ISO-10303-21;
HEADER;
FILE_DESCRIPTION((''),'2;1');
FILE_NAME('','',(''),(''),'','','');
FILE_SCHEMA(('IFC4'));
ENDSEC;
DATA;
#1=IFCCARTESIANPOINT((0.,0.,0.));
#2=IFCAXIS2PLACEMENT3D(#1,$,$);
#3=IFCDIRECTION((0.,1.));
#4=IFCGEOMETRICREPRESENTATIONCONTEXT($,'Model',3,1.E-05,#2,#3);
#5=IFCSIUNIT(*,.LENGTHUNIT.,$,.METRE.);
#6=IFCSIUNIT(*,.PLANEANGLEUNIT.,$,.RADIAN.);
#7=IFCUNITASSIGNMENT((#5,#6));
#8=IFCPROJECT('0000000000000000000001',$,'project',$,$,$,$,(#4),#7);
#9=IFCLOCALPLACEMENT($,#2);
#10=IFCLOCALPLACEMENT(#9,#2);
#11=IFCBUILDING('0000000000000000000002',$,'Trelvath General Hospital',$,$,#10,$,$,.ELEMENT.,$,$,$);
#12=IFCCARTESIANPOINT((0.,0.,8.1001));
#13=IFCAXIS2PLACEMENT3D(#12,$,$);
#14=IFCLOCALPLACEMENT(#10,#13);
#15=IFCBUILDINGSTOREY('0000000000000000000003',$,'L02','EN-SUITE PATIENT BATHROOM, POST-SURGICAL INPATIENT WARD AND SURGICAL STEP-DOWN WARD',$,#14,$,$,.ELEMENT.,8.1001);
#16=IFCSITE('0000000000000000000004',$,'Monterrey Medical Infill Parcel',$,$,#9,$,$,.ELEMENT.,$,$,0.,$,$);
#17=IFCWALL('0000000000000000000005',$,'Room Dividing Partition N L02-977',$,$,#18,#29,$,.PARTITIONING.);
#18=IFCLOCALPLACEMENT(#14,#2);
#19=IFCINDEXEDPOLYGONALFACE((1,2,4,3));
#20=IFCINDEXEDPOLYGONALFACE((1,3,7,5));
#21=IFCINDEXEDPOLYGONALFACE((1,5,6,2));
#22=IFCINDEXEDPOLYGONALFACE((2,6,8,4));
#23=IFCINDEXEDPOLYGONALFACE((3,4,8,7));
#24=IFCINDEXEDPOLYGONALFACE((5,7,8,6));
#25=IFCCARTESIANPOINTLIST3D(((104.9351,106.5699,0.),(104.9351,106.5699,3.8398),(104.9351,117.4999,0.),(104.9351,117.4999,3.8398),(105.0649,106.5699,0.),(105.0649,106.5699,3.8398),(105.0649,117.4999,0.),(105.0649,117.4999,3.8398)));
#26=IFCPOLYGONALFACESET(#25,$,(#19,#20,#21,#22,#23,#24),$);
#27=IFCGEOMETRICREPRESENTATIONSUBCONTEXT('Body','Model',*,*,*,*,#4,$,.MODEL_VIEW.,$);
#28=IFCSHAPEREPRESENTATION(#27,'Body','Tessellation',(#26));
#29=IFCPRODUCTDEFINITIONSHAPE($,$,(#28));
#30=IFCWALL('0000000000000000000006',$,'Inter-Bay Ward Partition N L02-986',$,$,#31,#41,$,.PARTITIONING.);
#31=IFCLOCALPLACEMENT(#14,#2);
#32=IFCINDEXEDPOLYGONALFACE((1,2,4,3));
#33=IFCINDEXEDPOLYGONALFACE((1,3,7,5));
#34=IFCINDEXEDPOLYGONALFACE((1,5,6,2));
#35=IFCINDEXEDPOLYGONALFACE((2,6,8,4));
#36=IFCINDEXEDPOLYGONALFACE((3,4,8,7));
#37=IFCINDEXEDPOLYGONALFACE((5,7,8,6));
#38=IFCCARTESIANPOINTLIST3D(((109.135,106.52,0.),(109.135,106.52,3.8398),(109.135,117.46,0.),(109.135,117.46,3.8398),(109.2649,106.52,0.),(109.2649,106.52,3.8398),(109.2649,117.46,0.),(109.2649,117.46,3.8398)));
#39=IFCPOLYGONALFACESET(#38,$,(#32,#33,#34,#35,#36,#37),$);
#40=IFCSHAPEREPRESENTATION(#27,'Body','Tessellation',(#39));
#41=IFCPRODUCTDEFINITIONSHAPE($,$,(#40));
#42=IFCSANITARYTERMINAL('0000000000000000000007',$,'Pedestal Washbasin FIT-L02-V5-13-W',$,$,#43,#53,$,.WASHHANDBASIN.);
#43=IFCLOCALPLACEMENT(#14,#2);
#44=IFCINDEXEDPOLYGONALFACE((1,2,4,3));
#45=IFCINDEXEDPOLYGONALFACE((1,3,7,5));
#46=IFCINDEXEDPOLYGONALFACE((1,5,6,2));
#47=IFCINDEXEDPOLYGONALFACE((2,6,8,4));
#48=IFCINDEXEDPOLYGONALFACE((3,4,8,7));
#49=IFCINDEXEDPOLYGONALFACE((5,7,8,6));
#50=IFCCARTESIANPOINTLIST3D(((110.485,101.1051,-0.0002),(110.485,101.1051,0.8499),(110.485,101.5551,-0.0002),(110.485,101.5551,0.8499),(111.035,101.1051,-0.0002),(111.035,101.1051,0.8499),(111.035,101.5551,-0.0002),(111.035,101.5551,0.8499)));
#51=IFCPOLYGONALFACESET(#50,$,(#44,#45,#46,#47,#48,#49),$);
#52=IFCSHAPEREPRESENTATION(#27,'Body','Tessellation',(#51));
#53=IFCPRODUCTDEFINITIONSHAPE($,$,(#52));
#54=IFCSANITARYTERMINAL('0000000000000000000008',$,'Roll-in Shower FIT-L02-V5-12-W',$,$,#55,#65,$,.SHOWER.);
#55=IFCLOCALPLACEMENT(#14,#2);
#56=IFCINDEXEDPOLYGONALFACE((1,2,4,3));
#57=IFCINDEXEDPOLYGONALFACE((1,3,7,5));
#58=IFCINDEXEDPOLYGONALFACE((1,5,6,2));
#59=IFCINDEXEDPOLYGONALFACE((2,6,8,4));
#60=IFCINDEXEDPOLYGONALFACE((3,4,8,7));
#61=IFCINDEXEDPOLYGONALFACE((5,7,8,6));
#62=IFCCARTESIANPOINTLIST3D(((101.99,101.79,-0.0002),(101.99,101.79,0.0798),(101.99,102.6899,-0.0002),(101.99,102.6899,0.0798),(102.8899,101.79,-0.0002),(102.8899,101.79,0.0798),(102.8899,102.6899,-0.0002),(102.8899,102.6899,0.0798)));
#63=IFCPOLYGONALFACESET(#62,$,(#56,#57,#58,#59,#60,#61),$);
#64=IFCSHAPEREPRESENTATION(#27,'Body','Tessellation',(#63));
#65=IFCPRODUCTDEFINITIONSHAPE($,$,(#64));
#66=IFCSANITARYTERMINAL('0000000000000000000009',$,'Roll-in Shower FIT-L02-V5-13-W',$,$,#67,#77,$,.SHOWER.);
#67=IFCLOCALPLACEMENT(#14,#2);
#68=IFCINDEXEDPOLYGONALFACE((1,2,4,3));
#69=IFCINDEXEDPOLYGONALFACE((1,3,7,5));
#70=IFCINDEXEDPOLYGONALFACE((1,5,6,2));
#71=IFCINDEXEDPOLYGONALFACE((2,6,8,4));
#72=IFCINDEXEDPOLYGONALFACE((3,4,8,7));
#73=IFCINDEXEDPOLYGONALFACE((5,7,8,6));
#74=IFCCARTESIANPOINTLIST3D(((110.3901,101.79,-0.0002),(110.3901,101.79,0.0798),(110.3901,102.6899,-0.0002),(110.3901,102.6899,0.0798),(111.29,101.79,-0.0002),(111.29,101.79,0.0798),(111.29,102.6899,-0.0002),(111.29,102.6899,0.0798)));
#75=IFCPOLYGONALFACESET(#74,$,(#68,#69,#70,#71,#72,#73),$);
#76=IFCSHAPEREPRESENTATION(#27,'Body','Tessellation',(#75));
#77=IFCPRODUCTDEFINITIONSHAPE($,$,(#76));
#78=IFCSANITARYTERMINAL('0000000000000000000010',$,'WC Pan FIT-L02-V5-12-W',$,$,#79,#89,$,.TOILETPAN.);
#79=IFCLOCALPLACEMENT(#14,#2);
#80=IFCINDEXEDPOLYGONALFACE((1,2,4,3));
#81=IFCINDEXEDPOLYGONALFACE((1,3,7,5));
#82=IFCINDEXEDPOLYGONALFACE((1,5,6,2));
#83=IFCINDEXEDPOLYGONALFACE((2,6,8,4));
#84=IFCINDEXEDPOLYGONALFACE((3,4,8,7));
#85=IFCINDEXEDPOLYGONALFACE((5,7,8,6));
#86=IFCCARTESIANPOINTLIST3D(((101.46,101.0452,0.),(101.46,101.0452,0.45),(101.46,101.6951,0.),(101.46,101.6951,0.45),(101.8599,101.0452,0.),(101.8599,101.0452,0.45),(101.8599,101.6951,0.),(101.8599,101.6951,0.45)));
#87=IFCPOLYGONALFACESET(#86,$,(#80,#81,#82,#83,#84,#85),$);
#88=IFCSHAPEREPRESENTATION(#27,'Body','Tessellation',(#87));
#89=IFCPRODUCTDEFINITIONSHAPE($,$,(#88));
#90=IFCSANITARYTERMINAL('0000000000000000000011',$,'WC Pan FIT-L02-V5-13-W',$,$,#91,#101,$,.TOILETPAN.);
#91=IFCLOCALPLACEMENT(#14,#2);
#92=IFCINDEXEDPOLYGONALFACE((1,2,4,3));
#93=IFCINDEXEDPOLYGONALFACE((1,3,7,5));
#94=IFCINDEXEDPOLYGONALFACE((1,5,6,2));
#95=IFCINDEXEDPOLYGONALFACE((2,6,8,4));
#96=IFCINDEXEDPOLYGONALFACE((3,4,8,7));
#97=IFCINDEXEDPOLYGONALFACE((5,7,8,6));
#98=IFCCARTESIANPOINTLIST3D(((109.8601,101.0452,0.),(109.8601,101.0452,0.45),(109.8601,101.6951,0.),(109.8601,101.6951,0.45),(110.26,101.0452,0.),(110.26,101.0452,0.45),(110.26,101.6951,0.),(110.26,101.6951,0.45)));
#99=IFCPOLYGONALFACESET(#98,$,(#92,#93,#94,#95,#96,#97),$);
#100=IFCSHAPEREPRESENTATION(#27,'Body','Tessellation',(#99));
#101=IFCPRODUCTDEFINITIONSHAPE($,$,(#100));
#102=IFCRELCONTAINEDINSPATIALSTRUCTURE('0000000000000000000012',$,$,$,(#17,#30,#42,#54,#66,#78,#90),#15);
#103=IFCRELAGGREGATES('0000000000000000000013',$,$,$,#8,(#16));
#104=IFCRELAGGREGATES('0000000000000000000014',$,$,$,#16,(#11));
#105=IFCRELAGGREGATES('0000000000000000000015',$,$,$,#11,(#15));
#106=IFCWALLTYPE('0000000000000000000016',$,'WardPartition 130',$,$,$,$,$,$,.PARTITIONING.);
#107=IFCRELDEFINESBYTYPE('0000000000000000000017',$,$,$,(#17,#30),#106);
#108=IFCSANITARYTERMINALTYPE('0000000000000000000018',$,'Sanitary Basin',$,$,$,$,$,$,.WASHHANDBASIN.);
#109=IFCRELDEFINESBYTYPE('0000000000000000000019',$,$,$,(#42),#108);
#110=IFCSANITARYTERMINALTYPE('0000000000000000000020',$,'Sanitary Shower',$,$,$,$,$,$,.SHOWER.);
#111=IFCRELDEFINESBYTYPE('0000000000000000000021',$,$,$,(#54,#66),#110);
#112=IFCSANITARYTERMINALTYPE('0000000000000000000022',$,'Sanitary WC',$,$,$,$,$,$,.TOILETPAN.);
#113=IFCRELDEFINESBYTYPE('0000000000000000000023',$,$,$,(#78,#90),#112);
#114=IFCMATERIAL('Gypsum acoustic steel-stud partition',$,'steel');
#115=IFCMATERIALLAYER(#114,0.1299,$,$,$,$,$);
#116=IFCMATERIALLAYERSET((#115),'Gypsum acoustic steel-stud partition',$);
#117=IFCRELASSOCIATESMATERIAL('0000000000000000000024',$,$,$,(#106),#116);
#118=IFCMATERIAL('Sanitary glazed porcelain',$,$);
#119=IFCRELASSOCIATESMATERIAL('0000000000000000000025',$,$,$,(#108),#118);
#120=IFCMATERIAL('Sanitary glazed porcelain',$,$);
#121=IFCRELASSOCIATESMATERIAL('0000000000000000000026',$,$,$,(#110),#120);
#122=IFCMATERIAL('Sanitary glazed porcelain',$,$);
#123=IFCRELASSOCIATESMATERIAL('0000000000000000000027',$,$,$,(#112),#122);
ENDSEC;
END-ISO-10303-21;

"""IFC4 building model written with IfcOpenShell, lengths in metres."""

from ifc_helpers import new_model, si_unit, direction, frame, frame_2d, origin, origin_2d, place, context, subcontext, project, spatial, rectangle, extrude, material, layer, layer_set, type_object, element, save


model = new_model("IFC4")

# Units and contexts
model_context = context("Model", 3, precision=1e-05, world=origin(), true_north=direction((0.0, 1.0)))
body_context = subcontext(model_context, "Body", "Model", "MODEL_VIEW")
ifc_project = project(units=[si_unit("LENGTHUNIT", "METRE"), si_unit("PLANEANGLEUNIT", "RADIAN")], contexts=[model_context])

# Site, building, storey
site_placement = place(None, origin())
site = spatial("IfcSite", under=ifc_project, at=site_placement, Name="Monterrey Medical Infill Parcel", CompositionType="ELEMENT", RefElevation=0.0)
building_placement = place(site_placement, origin())
building = spatial("IfcBuilding", under=site, at=building_placement, Name="Trelvath General Hospital", CompositionType="ELEMENT")
storey_placement = place(building_placement, frame((0.0, 0.0, 8.1001)))
storey = spatial("IfcBuildingStorey", under=building, at=storey_placement, Name="L02", Description="EN-SUITE PATIENT BATHROOM, POST-SURGICAL INPATIENT WARD AND SURGICAL STEP-DOWN WARD", CompositionType="ELEMENT", Elevation=8.1001)

# Walls
ifc_material_1 = material(Name="Gypsum acoustic steel-stud partition", Category="steel")
ifc_layer_1 = layer(ifc_material_1, 0.1299)
ifc_layer_set_1 = layer_set([ifc_layer_1], Name="Gypsum acoustic steel-stud partition")
wall_type_1 = type_object("IfcWallType", Name="WardPartition 130", PredefinedType="PARTITIONING", material=ifc_layer_set_1)
wall_1_placement = place(storey_placement, frame((105.0, 106.5701, 0.0), z_axis=(0.0, 0.0, 1.0), x_axis=(0.0, 1.0, 0.0)))
element("IfcWall", 1, at=wall_1_placement, inside=storey, type_object=wall_type_1, Name="Room Dividing Partition N L02-977", PredefinedType="PARTITIONING", context=body_context, shape_type="SweptSolid", body=[
    extrude(rectangle(XDim=10.9299, YDim=0.1299, at=frame_2d((5.4648, 0.0))), origin(), (0.0, 0.0, 1.0), 3.8398),
])
wall_2_placement = place(storey_placement, frame((109.2, 106.52, 0.0), z_axis=(0.0, 0.0, 1.0), x_axis=(0.0, 1.0, 0.0)))
element("IfcWall", 2, at=wall_2_placement, inside=storey, type_object=wall_type_1, Name="Inter-Bay Ward Partition N L02-986", PredefinedType="PARTITIONING", context=body_context, shape_type="SweptSolid", body=[
    extrude(rectangle(XDim=10.9399, YDim=0.1299, at=frame_2d((5.47, 0.0))), origin(), (0.0, 0.0, 1.0), 3.8398),
])

# Sanitary terminals
ifc_material_2 = material(Name="Sanitary glazed porcelain")
sanitary_terminal_type_1 = type_object("IfcSanitaryTerminalType", Name="Sanitary Basin", PredefinedType="WASHHANDBASIN", material=ifc_material_2)
sanitary_terminal_placement = place(storey_placement, frame((110.76, 101.3301, -0.0002), z_axis=(0.0, 0.0, 1.0), x_axis=(1.0, 0.0, 0.0)))
element("IfcSanitaryTerminal", 3, at=sanitary_terminal_placement, inside=storey, type_object=sanitary_terminal_type_1, Name="Pedestal Washbasin FIT-L02-V5-13-W", PredefinedType="WASHHANDBASIN", context=body_context, shape_type="SweptSolid", body=[
    extrude(rectangle(XDim=0.55, YDim=0.45, at=origin_2d()), origin(), (0.0, 0.0, 1.0), 0.8501),
])
ifc_material_3 = material(Name="Sanitary glazed porcelain")
sanitary_terminal_type_2 = type_object("IfcSanitaryTerminalType", Name="Sanitary Shower", PredefinedType="SHOWER", material=ifc_material_3)
for number, where, z_axis, x_axis, name in (
    (4, (102.4399, 102.24, -0.0002), (0.0, 0.0, 1.0), (1.0, 0.0, 0.0), "Roll-in Shower FIT-L02-V5-12-W"),
    (5, (110.8401, 102.24, -0.0002), (0.0, 0.0, 1.0), (1.0, 0.0, 0.0), "Roll-in Shower FIT-L02-V5-13-W"),
):
    element("IfcSanitaryTerminal", number, at=place(storey_placement, frame(where, z_axis=z_axis, x_axis=x_axis)), inside=storey, type_object=sanitary_terminal_type_2, Name=name, PredefinedType="SHOWER", context=body_context, shape_type="SweptSolid", body=[
        extrude(rectangle(XDim=0.8999, YDim=0.8999, at=origin_2d()), origin(), (0.0, 0.0, 1.0), 0.0801),
    ])
ifc_material_4 = material(Name="Sanitary glazed porcelain")
sanitary_terminal_type_3 = type_object("IfcSanitaryTerminalType", Name="Sanitary WC", PredefinedType="TOILETPAN", material=ifc_material_4)
for number, where, z_axis, x_axis, name in (
    (6, (101.6599, 101.3701, 0.0), (0.0, 0.0, 1.0), (1.0, 0.0, 0.0), "WC Pan FIT-L02-V5-12-W"),
    (7, (110.0601, 101.3701, 0.0), (0.0, 0.0, 1.0), (1.0, 0.0, 0.0), "WC Pan FIT-L02-V5-13-W"),
):
    element("IfcSanitaryTerminal", number, at=place(storey_placement, frame(where, z_axis=z_axis, x_axis=x_axis)), inside=storey, type_object=sanitary_terminal_type_3, Name=name, PredefinedType="TOILETPAN", context=body_context, shape_type="SweptSolid", body=[
        extrude(rectangle(XDim=0.3999, YDim=0.6499, at=origin_2d()), origin(), (0.0, 0.0, 1.0), 0.45),
    ])

save(model, "model.ifc")
